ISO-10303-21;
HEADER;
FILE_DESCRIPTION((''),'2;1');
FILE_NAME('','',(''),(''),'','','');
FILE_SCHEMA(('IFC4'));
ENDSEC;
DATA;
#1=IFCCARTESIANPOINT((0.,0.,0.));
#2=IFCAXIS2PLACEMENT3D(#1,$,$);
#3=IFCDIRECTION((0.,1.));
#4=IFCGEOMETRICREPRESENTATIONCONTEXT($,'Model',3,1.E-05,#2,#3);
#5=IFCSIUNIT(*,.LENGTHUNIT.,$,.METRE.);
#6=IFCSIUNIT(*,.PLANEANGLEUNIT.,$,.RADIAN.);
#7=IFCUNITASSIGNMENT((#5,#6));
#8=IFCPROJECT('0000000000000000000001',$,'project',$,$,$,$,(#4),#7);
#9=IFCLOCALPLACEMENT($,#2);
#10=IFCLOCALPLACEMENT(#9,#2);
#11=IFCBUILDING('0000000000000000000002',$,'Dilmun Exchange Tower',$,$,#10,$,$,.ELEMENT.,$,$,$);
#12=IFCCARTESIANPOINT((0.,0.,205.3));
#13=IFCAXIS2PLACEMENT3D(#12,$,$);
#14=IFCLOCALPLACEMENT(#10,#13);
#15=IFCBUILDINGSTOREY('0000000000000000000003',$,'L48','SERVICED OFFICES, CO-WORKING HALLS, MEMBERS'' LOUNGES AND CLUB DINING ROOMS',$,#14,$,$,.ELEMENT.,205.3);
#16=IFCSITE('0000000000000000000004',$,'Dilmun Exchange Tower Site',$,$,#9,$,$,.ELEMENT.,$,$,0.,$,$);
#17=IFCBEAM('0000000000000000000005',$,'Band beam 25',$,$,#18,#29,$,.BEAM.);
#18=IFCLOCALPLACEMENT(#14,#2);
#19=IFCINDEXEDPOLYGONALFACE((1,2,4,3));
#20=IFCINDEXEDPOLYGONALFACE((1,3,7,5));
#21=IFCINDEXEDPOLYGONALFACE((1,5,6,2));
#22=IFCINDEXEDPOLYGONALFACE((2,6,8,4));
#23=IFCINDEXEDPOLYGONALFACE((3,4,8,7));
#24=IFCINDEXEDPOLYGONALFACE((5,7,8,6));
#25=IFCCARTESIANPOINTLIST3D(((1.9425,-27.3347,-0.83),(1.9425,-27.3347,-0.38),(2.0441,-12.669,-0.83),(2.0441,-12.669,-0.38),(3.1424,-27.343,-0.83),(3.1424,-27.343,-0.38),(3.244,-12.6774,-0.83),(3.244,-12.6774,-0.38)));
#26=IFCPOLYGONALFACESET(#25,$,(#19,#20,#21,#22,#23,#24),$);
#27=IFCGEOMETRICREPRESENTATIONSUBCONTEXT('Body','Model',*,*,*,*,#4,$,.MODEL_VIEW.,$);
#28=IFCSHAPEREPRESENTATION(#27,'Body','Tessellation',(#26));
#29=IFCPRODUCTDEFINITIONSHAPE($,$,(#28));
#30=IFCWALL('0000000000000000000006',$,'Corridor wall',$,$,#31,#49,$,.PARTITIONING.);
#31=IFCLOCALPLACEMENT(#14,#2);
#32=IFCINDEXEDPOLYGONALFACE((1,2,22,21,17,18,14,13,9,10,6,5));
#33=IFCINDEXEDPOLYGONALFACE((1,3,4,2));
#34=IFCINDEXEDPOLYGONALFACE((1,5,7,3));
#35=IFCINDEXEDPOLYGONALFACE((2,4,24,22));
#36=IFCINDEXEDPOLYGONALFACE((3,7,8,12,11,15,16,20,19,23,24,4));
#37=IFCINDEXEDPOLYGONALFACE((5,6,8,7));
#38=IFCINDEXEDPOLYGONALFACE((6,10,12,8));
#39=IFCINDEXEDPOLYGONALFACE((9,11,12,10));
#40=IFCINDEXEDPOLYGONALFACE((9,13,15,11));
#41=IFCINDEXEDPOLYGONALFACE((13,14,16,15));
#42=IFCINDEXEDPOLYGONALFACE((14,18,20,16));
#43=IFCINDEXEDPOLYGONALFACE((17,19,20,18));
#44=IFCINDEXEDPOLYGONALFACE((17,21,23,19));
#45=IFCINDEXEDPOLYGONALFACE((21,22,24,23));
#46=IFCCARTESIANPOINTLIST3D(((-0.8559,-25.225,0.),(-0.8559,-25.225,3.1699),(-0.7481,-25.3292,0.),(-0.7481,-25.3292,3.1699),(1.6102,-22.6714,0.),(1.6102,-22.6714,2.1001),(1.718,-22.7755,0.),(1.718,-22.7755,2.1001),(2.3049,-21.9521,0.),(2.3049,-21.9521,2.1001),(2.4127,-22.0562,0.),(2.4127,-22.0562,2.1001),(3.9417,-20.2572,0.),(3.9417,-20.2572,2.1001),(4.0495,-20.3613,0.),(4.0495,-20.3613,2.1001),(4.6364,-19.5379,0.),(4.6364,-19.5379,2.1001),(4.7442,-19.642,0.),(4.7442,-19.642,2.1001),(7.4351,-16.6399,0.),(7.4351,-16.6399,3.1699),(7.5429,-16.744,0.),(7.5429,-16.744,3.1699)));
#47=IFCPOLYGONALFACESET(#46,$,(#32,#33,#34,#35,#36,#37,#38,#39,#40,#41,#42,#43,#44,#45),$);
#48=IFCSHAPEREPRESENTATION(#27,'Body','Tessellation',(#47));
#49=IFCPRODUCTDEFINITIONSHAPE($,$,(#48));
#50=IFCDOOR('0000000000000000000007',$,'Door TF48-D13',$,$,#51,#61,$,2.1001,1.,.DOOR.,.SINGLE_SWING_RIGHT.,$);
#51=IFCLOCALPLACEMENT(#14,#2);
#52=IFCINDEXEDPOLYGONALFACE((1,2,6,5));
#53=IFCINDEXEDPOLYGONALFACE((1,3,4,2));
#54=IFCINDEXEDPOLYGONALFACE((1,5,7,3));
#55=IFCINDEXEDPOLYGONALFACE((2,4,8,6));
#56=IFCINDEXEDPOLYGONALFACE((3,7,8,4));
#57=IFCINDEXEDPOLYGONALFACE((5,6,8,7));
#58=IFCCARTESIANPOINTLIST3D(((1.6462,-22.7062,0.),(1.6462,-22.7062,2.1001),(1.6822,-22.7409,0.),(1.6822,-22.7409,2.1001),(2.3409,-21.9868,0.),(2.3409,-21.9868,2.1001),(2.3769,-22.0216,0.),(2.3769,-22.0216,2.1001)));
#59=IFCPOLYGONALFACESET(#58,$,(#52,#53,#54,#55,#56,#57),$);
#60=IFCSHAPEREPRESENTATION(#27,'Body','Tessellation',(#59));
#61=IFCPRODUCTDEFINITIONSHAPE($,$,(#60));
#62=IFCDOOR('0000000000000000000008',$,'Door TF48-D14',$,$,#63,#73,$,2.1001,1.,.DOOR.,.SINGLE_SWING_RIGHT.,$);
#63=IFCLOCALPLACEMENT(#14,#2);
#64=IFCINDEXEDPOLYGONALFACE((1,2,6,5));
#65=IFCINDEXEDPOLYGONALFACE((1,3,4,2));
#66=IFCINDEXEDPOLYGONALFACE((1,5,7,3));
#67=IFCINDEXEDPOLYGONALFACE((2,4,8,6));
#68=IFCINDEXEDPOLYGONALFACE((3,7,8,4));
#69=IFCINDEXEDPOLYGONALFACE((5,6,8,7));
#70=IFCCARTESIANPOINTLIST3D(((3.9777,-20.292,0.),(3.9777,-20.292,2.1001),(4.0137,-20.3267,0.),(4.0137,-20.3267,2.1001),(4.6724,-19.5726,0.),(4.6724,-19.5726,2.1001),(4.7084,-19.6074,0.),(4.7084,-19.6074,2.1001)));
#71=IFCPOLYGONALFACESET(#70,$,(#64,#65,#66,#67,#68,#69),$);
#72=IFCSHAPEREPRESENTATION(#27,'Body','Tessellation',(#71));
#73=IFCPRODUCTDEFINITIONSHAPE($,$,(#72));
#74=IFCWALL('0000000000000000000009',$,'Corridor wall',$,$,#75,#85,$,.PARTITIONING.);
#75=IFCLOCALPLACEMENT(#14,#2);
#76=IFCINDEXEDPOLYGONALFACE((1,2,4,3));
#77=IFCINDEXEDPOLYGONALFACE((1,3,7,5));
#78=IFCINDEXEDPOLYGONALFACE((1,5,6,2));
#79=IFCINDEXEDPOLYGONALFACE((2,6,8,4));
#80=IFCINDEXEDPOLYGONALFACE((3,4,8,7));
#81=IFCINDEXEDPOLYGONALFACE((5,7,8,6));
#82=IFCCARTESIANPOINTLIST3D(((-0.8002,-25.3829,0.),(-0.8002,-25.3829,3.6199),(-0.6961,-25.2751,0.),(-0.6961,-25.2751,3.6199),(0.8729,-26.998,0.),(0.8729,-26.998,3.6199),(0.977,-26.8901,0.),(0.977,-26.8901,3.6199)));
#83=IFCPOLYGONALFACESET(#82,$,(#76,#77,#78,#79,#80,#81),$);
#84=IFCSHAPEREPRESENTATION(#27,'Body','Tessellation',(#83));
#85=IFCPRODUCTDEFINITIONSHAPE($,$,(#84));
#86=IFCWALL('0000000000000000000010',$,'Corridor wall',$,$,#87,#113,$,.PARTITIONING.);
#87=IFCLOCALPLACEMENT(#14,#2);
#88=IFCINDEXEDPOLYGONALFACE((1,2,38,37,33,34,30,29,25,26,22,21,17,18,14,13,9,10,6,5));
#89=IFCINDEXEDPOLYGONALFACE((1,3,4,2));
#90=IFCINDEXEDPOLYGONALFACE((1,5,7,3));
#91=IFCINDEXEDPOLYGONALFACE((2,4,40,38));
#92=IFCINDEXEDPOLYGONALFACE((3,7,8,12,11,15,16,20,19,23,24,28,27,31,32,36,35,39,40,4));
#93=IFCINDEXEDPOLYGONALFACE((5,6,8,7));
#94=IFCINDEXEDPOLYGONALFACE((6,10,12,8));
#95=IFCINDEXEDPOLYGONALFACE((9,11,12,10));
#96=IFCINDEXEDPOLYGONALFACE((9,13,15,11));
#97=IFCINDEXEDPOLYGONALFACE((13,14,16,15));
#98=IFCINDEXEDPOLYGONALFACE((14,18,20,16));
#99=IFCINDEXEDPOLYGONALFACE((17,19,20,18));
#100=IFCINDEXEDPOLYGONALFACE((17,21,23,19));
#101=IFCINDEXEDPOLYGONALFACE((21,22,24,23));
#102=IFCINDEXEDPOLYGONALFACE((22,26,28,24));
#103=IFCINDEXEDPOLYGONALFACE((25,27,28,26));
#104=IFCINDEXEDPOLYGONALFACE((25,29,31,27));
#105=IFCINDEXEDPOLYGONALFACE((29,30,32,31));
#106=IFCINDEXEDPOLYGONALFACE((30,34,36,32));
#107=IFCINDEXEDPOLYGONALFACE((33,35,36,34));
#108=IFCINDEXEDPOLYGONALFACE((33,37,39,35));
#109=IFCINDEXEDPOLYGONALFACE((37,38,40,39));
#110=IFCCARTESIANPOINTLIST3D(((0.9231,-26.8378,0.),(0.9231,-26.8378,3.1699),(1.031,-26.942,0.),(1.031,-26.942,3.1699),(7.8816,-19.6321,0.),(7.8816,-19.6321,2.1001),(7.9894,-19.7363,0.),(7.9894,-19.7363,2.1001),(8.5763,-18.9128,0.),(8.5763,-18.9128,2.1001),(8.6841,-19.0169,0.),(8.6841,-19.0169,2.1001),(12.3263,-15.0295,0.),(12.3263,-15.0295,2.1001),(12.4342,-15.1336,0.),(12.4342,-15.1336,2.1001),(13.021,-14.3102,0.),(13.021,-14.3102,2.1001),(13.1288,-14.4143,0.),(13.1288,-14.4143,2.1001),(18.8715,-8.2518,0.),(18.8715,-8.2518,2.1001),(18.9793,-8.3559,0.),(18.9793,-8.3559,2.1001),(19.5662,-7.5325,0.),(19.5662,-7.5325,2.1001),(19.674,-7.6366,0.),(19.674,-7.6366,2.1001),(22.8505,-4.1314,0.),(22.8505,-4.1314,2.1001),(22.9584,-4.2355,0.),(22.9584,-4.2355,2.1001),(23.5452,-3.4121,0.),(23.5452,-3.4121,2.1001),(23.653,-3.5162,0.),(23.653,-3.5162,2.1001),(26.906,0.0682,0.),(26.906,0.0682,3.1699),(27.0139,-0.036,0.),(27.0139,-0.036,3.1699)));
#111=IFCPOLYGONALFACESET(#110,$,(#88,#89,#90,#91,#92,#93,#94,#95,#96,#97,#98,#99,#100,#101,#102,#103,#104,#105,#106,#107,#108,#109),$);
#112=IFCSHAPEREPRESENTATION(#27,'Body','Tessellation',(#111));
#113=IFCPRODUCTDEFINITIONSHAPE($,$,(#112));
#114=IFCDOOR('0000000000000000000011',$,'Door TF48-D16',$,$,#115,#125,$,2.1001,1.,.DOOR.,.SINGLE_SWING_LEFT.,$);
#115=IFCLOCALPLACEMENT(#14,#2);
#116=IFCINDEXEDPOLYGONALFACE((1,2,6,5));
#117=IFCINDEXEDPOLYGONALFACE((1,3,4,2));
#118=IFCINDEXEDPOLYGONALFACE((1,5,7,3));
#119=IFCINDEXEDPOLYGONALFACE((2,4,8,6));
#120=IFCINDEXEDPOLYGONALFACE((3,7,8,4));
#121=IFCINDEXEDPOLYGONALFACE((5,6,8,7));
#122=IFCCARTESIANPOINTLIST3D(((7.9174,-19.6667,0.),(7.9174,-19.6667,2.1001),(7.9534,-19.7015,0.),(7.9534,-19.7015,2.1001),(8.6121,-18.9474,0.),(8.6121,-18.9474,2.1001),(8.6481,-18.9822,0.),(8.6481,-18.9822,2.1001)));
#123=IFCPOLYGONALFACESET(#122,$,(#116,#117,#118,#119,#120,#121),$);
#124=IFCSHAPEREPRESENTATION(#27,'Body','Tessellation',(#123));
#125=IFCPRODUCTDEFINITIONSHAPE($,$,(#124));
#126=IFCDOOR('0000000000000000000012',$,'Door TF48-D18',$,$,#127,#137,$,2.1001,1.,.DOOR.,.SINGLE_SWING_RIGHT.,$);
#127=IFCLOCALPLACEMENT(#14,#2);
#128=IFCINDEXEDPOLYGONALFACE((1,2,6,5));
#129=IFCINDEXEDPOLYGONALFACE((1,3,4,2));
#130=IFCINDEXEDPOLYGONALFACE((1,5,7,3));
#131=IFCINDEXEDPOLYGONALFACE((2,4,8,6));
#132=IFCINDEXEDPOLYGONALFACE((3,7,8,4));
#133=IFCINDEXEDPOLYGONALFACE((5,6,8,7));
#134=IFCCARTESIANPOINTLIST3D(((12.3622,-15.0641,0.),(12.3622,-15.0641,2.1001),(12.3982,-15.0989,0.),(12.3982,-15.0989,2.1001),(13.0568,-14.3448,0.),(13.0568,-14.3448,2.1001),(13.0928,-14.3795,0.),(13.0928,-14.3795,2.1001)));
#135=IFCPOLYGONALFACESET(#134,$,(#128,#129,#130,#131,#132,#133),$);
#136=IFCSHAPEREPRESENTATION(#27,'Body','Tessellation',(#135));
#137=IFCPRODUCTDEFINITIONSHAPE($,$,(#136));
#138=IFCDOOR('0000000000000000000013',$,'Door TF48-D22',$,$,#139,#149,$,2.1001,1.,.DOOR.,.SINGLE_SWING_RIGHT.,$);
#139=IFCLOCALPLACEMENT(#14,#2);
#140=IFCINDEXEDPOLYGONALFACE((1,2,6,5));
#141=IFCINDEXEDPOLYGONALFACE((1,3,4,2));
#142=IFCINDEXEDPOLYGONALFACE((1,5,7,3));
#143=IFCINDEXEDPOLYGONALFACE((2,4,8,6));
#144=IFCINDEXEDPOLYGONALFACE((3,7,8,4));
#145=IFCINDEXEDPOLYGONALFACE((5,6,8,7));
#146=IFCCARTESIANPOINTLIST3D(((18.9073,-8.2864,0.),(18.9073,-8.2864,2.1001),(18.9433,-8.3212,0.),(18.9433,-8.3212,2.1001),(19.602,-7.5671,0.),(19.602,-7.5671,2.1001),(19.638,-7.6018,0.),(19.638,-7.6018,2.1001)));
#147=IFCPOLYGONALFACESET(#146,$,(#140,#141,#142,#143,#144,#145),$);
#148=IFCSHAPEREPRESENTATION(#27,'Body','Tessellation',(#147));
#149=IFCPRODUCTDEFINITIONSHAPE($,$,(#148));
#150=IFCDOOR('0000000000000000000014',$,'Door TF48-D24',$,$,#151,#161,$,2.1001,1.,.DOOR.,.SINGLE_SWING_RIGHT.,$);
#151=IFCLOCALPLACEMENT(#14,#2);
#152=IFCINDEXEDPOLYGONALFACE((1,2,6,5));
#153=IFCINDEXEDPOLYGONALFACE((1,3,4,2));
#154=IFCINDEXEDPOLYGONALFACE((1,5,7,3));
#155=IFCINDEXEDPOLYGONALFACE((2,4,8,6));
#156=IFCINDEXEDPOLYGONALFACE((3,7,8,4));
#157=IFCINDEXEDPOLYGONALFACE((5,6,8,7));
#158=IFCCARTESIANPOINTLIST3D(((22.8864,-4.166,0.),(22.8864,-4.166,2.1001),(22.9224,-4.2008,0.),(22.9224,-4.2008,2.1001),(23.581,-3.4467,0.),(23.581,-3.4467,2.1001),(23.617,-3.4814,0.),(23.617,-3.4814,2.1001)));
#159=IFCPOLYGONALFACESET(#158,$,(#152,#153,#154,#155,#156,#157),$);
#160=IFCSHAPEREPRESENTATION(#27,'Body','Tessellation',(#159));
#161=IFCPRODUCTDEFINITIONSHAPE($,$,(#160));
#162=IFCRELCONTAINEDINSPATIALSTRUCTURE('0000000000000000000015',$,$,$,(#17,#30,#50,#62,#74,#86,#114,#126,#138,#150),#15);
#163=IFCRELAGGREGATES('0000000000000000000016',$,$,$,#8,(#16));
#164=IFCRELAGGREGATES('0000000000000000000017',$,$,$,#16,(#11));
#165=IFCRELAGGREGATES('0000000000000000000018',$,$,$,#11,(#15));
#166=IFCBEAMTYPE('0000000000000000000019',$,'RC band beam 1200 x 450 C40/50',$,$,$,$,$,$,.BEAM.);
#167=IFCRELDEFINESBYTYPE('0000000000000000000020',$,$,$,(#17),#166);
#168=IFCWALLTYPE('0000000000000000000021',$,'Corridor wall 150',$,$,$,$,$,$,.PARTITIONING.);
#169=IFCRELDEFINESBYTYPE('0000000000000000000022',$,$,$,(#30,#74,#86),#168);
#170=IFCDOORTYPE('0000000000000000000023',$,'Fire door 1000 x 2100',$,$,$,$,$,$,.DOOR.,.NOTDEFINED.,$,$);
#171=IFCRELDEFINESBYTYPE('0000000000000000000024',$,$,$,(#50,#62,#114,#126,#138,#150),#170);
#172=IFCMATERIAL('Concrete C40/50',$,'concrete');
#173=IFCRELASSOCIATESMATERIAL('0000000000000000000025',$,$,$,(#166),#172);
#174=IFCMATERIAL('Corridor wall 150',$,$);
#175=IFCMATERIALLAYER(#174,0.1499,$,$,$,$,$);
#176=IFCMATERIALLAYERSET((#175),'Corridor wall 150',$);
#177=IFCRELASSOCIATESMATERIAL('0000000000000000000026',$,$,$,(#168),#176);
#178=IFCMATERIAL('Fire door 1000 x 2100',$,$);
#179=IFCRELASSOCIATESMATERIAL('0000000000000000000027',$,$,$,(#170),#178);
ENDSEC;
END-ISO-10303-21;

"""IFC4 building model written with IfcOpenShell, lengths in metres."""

from ifc_helpers import new_model, si_unit, direction, frame, frame_2d, origin, origin_2d, place, context, subcontext, project, spatial, rectangle, extrude, material, layer, layer_set, material_profile, profile_set, type_object, element, fill, save


model = new_model("IFC4")

# Units and contexts
model_context = context("Model", 3, precision=1e-05, world=origin(), true_north=direction((0.0, 1.0)))
body_context = subcontext(model_context, "Body", "Model", "MODEL_VIEW")
ifc_project = project(units=[si_unit("LENGTHUNIT", "METRE"), si_unit("PLANEANGLEUNIT", "RADIAN")], contexts=[model_context])

# Site, building, storey
site_placement = place(None, origin())
site = spatial("IfcSite", under=ifc_project, at=site_placement, Name="Dilmun Exchange Tower Site", CompositionType="ELEMENT", RefElevation=0.0)
building_placement = place(site_placement, origin())
building = spatial("IfcBuilding", under=site, at=building_placement, Name="Dilmun Exchange Tower", CompositionType="ELEMENT")
storey_placement = place(building_placement, frame((0.0, 0.0, 205.3)))
storey = spatial("IfcBuildingStorey", under=building, at=storey_placement, Name="L48", Description="SERVICED OFFICES, CO-WORKING HALLS, MEMBERS' LOUNGES AND CLUB DINING ROOMS", CompositionType="ELEMENT", Elevation=205.3)

# Beam
ifc_material_1 = material(Name="Concrete C40/50", Category="concrete")
ifc_material_profile = material_profile(ifc_material_1, rectangle(XDim=1.2, YDim=0.45, at=origin_2d()), Name="1200 x 450")
ifc_profile_set = profile_set([ifc_material_profile], Name="Concrete C40/50")
beam_type = type_object("IfcBeamType", Name="RC band beam 1200 x 450 C40/50", PredefinedType="BEAM", material=ifc_profile_set)
beam_placement = place(storey_placement, frame((2.5425, -27.3389, -0.605), z_axis=(0.006925, 0.999976, 0.0), x_axis=(-0.999976, 0.006925, 0.0)))
element("IfcBeam", 1, at=beam_placement, inside=storey, type_object=beam_type, Name="Band beam 25", PredefinedType="BEAM", context=body_context, shape_type="SweptSolid", body=[
    extrude(rectangle(XDim=1.2, YDim=0.45, at=origin_2d()), origin(), (0.0, 0.0, 1.0), 14.666),
])

# Wall, openings, doors
ifc_material_2 = material(Name="Corridor wall 150")
ifc_layer = layer(ifc_material_2, 0.1499)
ifc_layer_set = layer_set([ifc_layer], Name="Corridor wall 150")
wall_type = type_object("IfcWallType", Name="Corridor wall 150", PredefinedType="PARTITIONING", material=ifc_layer_set)
wall_1_placement = place(storey_placement, frame((-0.802, -25.2771, 0.0), z_axis=(0.0, 0.0, 1.0), x_axis=(0.694675, 0.719324, 0.0)))
wall_1 = element("IfcWall", 2, at=wall_1_placement, inside=storey, type_object=wall_type, Name="Corridor wall", PredefinedType="PARTITIONING", context=body_context, shape_type="SweptSolid", body=[
    extrude(rectangle(XDim=11.9351, YDim=0.1499, at=frame_2d((5.9675, 0.0))), origin(), (0.0, 0.0, 1.0), 3.1699),
])
opening_1_placement = place(wall_1_placement, frame((3.55, 0.0, 0.0)))
opening_1 = element("IfcOpeningElement", 3, at=opening_1_placement, cuts=wall_1, PredefinedType="OPENING", context=body_context, shape_type="SweptSolid", body=[
    extrude(rectangle(XDim=1.0, YDim=2.1001, at=frame_2d((0.5, 1.05))), frame((0.0, 0.085, 0.0), z_axis=(0.0, -1.0, 0.0), x_axis=(1.0, 0.0, 0.0)), (0.0, 0.0, 1.0), 0.1699),
])
opening_2_placement = place(wall_1_placement, frame((6.9062, 0.0, 0.0)))
opening_2 = element("IfcOpeningElement", 4, at=opening_2_placement, cuts=wall_1, PredefinedType="OPENING", context=body_context, shape_type="SweptSolid", body=[
    extrude(rectangle(XDim=1.0, YDim=2.1001, at=frame_2d((0.5, 1.05))), frame((0.0, 0.085, 0.0), z_axis=(0.0, -1.0, 0.0), x_axis=(1.0, 0.0, 0.0)), (0.0, 0.0, 1.0), 0.1699),
])
ifc_material_3 = material(Name="Fire door 1000 x 2100")
door_type = type_object("IfcDoorType", Name="Fire door 1000 x 2100", OperationType="NOTDEFINED", PredefinedType="DOOR", material=ifc_material_3)
door_1_placement = place(opening_1_placement, origin())
door_1 = element("IfcDoor", 5, at=door_1_placement, inside=storey, type_object=door_type, Name="Door TF48-D13", OperationType="SINGLE_SWING_RIGHT", OverallHeight=2.1001, OverallWidth=1.0, PredefinedType="DOOR", context=body_context, shape_type="SweptSolid", body=[
    extrude(rectangle(XDim=1.0, YDim=2.1001, at=frame_2d((0.5, 1.05))), frame((0.0, 0.0249, 0.0), z_axis=(0.0, -1.0, 0.0), x_axis=(1.0, 0.0, 0.0)), (0.0, 0.0, 1.0), 0.05),
])
fill(opening_1, door_1)
door_2_placement = place(opening_2_placement, origin())
door_2 = element("IfcDoor", 6, at=door_2_placement, inside=storey, type_object=door_type, Name="Door TF48-D14", OperationType="SINGLE_SWING_RIGHT", OverallHeight=2.1001, OverallWidth=1.0, PredefinedType="DOOR", context=body_context, shape_type="SweptSolid", body=[
    extrude(rectangle(XDim=1.0, YDim=2.1001, at=frame_2d((0.5, 1.05))), frame((0.0, 0.0249, 0.0), z_axis=(0.0, -1.0, 0.0), x_axis=(1.0, 0.0, 0.0)), (0.0, 0.0, 1.0), 0.05),
])
fill(opening_2, door_2)

# Wall
wall_2_placement = place(storey_placement, frame((-0.748, -25.3291, 0.0), z_axis=(0.0, 0.0, 1.0), x_axis=(0.71949, -0.694503, 0.0)))
element("IfcWall", 7, at=wall_2_placement, inside=storey, type_object=wall_type, Name="Corridor wall", PredefinedType="PARTITIONING", context=body_context, shape_type="SweptSolid", body=[
    extrude(rectangle(XDim=2.3254, YDim=0.1499, at=frame_2d((1.1626, 0.0))), origin(), (0.0, 0.0, 1.0), 3.6199),
])

# Wall, openings, doors
wall_3_placement = place(storey_placement, frame((0.9771, -26.8899, 0.0), z_axis=(0.0, 0.0, 1.0), x_axis=(0.69466, 0.719339, 0.0)))
wall_3 = element("IfcWall", 8, at=wall_3_placement, inside=storey, type_object=wall_type, Name="Corridor wall", PredefinedType="PARTITIONING", context=body_context, shape_type="SweptSolid", body=[
    extrude(rectangle(XDim=37.4038, YDim=0.1499, at=frame_2d((18.7019, 0.0))), origin(), (0.0, 0.0, 1.0), 3.1699),
])
opening_3_placement = place(wall_3_placement, frame((10.0171, 0.0, 0.0)))
opening_3 = element("IfcOpeningElement", 9, at=opening_3_placement, cuts=wall_3, PredefinedType="OPENING", context=body_context, shape_type="SweptSolid", body=[
    extrude(rectangle(XDim=1.0, YDim=2.1001, at=frame_2d((0.5, 1.05))), frame((0.0, 0.085, 0.0), z_axis=(0.0, -1.0, 0.0), x_axis=(1.0, 0.0, 0.0)), (0.0, 0.0, 1.0), 0.1699),
])
opening_4_placement = place(wall_3_placement, frame((16.4155, 0.0, 0.0)))
opening_4 = element("IfcOpeningElement", 10, at=opening_4_placement, cuts=wall_3, PredefinedType="OPENING", context=body_context, shape_type="SweptSolid", body=[
    extrude(rectangle(XDim=1.0, YDim=2.1001, at=frame_2d((0.5, 1.05))), frame((0.0, 0.085, 0.0), z_axis=(0.0, -1.0, 0.0), x_axis=(1.0, 0.0, 0.0)), (0.0, 0.0, 1.0), 0.1699),
])
opening_5_placement = place(wall_3_placement, frame((25.8376, 0.0, 0.0)))
opening_5 = element("IfcOpeningElement", 11, at=opening_5_placement, cuts=wall_3, PredefinedType="OPENING", context=body_context, shape_type="SweptSolid", body=[
    extrude(rectangle(XDim=1.0, YDim=2.1001, at=frame_2d((0.5, 1.05))), frame((0.0, 0.085, 0.0), z_axis=(0.0, -1.0, 0.0), x_axis=(1.0, 0.0, 0.0)), (0.0, 0.0, 1.0), 0.1699),
])
opening_6_placement = place(wall_3_placement, frame((31.5657, 0.0, 0.0)))
opening_6 = element("IfcOpeningElement", 12, at=opening_6_placement, cuts=wall_3, PredefinedType="OPENING", context=body_context, shape_type="SweptSolid", body=[
    extrude(rectangle(XDim=1.0, YDim=2.1001, at=frame_2d((0.5, 1.05))), frame((0.0, 0.085, 0.0), z_axis=(0.0, -1.0, 0.0), x_axis=(1.0, 0.0, 0.0)), (0.0, 0.0, 1.0), 0.1699),
])
door_3_placement = place(opening_3_placement, frame((1.0, 0.0, 0.0), z_axis=(0.0, 0.0, 1.0), x_axis=(-1.0, 0.0, 0.0)))
door_3 = element("IfcDoor", 13, at=door_3_placement, inside=storey, type_object=door_type, Name="Door TF48-D16", OperationType="SINGLE_SWING_LEFT", OverallHeight=2.1001, OverallWidth=1.0, PredefinedType="DOOR", context=body_context, shape_type="SweptSolid", body=[
    extrude(rectangle(XDim=1.0, YDim=2.1001, at=frame_2d((0.5, 1.05))), frame((0.0, 0.0249, 0.0), z_axis=(0.0, -1.0, 0.0), x_axis=(1.0, 0.0, 0.0)), (0.0, 0.0, 1.0), 0.05),
])
fill(opening_3, door_3)
door_4_placement = place(opening_4_placement, frame((1.0, 0.0, 0.0), z_axis=(0.0, 0.0, 1.0), x_axis=(-1.0, 0.0, 0.0)))
door_4 = element("IfcDoor", 14, at=door_4_placement, inside=storey, type_object=door_type, Name="Door TF48-D18", OperationType="SINGLE_SWING_RIGHT", OverallHeight=2.1001, OverallWidth=1.0, PredefinedType="DOOR", context=body_context, shape_type="SweptSolid", body=[
    extrude(rectangle(XDim=1.0, YDim=2.1001, at=frame_2d((0.5, 1.05))), frame((0.0, 0.0249, 0.0), z_axis=(0.0, -1.0, 0.0), x_axis=(1.0, 0.0, 0.0)), (0.0, 0.0, 1.0), 0.05),
])
fill(opening_4, door_4)
door_5_placement = place(opening_5_placement, frame((1.0, 0.0, 0.0), z_axis=(0.0, 0.0, 1.0), x_axis=(-1.0, 0.0, 0.0)))
door_5 = element("IfcDoor", 15, at=door_5_placement, inside=storey, type_object=door_type, Name="Door TF48-D22", OperationType="SINGLE_SWING_RIGHT", OverallHeight=2.1001, OverallWidth=1.0, PredefinedType="DOOR", context=body_context, shape_type="SweptSolid", body=[
    extrude(rectangle(XDim=1.0, YDim=2.1001, at=frame_2d((0.5, 1.05))), frame((0.0, 0.0249, 0.0), z_axis=(0.0, -1.0, 0.0), x_axis=(1.0, 0.0, 0.0)), (0.0, 0.0, 1.0), 0.05),
])
fill(opening_5, door_5)
door_6_placement = place(opening_6_placement, frame((1.0, 0.0, 0.0), z_axis=(0.0, 0.0, 1.0), x_axis=(-1.0, 0.0, 0.0)))
door_6 = element("IfcDoor", 16, at=door_6_placement, inside=storey, type_object=door_type, Name="Door TF48-D24", OperationType="SINGLE_SWING_RIGHT", OverallHeight=2.1001, OverallWidth=1.0, PredefinedType="DOOR", context=body_context, shape_type="SweptSolid", body=[
    extrude(rectangle(XDim=1.0, YDim=2.1001, at=frame_2d((0.5, 1.05))), frame((0.0, 0.0249, 0.0), z_axis=(0.0, -1.0, 0.0), x_axis=(1.0, 0.0, 0.0)), (0.0, 0.0, 1.0), 0.05),
])
fill(opening_6, door_6)

save(model, "model.ifc")
